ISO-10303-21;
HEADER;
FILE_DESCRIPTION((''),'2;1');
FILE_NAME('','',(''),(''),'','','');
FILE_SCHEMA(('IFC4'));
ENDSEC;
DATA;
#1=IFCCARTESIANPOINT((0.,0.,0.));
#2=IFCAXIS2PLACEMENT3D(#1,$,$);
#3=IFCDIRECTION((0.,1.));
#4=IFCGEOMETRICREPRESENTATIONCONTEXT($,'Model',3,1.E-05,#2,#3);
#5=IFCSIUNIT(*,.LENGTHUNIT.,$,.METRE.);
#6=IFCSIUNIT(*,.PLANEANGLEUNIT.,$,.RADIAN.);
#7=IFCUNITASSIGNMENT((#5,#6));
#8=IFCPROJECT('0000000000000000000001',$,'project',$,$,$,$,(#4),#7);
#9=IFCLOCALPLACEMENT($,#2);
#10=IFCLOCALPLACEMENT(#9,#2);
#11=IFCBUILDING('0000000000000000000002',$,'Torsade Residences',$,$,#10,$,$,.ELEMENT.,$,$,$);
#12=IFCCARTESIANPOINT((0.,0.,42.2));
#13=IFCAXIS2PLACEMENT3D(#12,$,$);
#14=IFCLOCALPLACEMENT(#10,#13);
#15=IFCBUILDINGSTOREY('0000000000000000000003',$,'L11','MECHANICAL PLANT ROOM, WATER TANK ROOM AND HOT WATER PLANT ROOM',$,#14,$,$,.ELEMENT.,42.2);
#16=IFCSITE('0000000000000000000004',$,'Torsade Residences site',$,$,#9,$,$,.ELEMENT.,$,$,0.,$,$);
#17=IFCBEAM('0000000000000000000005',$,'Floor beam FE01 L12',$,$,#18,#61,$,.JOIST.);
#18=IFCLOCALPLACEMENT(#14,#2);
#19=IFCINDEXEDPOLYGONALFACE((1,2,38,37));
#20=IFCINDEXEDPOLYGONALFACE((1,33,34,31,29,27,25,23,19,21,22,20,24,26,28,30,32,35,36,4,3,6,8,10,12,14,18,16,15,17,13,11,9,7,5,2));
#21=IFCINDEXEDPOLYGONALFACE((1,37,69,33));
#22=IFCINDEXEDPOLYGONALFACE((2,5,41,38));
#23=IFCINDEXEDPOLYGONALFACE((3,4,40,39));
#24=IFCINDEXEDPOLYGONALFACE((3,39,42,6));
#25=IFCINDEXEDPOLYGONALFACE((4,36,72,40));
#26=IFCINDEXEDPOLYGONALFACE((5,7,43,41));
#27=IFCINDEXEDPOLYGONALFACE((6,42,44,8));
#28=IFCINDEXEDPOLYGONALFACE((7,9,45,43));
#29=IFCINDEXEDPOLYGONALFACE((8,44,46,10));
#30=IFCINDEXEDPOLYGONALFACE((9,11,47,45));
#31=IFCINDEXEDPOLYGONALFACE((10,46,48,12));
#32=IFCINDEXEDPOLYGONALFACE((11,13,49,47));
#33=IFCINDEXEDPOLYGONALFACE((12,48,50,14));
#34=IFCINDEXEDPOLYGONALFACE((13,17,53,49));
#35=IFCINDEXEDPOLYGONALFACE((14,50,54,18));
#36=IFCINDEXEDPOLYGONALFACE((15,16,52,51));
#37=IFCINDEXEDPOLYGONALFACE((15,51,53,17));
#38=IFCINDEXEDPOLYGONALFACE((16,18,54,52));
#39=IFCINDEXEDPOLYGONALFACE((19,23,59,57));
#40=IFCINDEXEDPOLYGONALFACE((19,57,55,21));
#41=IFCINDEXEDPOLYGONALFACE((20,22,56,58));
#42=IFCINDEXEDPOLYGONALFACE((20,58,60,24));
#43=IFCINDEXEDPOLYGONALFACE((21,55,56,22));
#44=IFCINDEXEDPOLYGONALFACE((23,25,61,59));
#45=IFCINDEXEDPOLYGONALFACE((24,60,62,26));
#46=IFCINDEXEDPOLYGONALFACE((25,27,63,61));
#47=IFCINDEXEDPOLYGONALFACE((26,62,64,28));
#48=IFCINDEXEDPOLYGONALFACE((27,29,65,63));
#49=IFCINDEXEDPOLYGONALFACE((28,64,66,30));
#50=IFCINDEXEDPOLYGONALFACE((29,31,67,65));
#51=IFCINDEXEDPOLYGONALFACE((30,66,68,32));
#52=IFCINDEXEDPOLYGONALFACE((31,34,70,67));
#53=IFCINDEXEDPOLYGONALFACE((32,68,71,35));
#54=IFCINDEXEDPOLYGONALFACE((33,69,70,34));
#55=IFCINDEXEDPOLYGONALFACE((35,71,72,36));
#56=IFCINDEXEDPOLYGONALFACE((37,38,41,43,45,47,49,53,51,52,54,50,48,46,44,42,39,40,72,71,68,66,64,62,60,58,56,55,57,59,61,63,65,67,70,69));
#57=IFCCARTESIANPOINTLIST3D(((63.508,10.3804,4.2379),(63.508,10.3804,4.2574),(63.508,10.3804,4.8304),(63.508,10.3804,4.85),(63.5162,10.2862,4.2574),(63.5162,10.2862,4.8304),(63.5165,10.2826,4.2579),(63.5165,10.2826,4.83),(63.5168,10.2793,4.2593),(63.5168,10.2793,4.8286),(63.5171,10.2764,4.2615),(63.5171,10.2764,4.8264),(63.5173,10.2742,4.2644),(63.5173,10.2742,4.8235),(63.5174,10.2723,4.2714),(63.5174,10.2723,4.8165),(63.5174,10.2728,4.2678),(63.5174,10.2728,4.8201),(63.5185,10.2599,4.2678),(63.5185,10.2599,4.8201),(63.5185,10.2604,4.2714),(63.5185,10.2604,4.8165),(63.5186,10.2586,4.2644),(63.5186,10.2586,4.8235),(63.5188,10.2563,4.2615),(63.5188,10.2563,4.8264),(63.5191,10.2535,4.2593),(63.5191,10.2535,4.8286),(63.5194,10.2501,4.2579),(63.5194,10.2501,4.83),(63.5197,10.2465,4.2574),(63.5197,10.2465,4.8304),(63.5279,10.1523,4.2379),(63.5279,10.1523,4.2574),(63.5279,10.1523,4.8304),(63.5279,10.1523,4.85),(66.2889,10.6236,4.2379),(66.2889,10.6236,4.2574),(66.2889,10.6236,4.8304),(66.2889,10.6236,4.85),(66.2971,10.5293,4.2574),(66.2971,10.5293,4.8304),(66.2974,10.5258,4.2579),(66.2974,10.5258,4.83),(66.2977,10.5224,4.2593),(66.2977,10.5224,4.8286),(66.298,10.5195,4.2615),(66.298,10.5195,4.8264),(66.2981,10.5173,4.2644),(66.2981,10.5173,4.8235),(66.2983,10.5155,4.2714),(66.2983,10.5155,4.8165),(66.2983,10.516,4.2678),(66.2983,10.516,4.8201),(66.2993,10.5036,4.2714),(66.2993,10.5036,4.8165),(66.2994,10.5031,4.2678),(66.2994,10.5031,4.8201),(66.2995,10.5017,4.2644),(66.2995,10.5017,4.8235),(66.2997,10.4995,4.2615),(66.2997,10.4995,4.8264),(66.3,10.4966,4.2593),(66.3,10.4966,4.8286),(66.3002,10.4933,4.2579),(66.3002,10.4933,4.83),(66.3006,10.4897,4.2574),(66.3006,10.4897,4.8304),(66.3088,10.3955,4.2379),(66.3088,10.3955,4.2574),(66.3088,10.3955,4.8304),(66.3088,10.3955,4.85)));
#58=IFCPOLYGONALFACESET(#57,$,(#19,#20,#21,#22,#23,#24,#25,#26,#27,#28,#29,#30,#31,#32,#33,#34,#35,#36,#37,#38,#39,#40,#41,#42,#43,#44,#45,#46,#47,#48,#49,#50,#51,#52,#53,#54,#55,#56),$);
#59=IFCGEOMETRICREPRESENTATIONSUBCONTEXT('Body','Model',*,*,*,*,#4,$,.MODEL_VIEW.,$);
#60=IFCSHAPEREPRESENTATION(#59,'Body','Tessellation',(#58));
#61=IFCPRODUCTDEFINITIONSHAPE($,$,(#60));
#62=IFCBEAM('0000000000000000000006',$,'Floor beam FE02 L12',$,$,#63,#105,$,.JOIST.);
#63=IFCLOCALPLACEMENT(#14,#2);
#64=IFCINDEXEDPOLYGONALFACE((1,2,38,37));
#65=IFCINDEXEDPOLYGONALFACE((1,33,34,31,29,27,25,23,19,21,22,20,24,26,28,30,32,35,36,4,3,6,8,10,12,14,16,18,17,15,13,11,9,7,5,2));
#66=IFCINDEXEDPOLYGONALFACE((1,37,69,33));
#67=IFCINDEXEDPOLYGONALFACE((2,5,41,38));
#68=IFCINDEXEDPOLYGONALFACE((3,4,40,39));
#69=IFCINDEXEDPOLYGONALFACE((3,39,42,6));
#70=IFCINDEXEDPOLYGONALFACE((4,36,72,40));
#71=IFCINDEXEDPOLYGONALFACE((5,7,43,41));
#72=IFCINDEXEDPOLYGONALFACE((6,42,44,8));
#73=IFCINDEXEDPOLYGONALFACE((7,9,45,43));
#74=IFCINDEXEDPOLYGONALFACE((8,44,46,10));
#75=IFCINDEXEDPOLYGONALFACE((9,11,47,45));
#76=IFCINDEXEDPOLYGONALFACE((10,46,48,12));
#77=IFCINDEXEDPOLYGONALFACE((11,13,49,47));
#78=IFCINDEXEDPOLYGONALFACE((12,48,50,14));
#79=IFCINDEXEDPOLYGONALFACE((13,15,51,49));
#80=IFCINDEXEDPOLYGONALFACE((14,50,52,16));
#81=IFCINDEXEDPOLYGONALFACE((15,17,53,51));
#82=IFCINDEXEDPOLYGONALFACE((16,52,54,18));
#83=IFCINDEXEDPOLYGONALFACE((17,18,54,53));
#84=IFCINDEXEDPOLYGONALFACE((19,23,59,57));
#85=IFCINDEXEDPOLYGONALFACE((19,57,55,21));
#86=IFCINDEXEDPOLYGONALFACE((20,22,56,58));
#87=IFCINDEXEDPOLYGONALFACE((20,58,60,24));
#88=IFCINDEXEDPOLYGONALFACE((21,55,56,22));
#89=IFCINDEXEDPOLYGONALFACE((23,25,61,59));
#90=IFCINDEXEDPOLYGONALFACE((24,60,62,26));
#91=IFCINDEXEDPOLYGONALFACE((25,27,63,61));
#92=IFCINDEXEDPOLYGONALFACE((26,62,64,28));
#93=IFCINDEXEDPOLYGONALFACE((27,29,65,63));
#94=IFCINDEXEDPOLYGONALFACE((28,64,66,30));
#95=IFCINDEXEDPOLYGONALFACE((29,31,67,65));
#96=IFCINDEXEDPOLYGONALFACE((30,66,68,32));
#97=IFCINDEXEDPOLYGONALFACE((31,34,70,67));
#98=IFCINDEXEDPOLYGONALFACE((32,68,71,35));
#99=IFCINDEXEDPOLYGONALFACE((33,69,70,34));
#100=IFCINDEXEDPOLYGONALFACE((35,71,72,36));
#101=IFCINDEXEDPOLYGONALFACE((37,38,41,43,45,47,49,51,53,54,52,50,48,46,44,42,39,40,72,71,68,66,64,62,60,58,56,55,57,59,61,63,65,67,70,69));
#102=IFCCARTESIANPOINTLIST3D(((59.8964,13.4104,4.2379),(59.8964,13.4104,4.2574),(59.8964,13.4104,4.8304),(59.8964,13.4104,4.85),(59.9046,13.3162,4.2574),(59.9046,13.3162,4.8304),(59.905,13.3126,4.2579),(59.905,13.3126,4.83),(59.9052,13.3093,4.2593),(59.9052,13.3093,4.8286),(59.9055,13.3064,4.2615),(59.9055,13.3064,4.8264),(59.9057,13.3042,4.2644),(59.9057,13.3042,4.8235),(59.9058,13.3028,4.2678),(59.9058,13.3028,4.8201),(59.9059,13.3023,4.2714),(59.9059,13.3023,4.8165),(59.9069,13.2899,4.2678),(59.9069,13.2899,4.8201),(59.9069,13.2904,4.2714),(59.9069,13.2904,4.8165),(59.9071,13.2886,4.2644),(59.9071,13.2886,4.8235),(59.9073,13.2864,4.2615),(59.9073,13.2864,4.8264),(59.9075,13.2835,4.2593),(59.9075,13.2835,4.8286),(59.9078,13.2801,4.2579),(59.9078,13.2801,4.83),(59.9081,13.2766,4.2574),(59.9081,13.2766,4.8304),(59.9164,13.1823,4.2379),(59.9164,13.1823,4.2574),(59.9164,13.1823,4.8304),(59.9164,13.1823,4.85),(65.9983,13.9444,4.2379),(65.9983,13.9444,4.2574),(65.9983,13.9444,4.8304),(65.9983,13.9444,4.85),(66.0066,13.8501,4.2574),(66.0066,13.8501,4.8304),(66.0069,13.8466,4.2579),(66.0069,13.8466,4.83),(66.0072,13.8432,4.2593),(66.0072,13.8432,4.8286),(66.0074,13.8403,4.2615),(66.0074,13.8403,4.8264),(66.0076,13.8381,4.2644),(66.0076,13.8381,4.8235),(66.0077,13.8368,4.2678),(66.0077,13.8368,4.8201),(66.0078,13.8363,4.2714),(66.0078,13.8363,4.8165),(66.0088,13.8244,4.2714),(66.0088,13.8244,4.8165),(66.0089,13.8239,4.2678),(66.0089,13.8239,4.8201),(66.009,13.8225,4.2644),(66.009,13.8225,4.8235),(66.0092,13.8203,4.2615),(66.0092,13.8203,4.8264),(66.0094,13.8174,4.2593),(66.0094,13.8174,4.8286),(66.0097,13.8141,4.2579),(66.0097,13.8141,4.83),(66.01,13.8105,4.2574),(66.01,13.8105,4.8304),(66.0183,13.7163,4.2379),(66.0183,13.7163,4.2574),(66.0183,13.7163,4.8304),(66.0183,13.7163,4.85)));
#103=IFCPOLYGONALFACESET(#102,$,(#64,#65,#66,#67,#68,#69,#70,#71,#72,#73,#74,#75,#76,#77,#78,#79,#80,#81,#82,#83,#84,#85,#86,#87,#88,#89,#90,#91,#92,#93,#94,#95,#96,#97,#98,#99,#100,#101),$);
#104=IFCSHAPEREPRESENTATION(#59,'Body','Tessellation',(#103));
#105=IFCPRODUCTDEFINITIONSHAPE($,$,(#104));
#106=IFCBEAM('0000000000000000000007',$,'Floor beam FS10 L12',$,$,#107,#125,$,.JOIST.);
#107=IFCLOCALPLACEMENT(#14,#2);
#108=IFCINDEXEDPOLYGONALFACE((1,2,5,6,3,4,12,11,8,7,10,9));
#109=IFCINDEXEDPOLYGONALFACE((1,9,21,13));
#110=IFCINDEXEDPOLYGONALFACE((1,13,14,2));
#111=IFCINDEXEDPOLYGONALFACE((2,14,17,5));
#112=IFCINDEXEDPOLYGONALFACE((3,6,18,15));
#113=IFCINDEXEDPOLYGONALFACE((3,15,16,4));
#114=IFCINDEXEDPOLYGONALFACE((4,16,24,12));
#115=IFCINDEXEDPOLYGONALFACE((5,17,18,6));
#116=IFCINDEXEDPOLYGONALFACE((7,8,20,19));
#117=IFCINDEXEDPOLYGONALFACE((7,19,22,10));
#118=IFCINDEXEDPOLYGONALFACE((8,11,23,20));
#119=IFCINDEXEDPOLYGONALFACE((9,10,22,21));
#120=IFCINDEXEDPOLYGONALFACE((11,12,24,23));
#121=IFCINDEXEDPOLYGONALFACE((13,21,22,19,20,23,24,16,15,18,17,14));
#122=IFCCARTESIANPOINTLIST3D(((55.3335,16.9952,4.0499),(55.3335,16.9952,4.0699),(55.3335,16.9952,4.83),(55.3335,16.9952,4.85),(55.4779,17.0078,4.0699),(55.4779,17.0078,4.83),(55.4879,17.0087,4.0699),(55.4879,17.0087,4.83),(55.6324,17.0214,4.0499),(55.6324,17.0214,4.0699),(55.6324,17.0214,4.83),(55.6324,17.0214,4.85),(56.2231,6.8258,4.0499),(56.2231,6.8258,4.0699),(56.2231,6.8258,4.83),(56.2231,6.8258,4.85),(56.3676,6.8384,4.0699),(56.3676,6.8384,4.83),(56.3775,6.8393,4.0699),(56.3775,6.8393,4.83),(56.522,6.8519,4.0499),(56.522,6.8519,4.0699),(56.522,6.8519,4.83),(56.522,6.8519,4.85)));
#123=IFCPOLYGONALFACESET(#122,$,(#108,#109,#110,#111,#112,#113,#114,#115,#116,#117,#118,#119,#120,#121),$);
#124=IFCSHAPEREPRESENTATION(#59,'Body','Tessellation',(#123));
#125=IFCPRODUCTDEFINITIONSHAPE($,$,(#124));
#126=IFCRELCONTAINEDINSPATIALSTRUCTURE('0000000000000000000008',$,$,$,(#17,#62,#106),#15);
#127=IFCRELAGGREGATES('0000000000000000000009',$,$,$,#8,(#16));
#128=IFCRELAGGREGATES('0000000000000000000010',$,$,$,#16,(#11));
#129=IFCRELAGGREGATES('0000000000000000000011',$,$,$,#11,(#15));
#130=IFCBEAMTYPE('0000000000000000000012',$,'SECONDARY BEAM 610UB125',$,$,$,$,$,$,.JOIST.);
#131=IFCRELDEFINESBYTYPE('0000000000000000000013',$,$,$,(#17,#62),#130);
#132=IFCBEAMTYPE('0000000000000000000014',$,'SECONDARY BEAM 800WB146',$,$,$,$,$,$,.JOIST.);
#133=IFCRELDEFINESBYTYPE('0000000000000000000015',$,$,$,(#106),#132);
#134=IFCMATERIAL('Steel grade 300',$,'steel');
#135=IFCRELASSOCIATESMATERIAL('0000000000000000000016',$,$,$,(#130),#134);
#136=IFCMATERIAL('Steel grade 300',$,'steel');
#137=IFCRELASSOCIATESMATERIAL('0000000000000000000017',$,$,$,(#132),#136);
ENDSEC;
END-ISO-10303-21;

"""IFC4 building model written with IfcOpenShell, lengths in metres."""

from ifc_helpers import new_model, si_unit, direction, frame, origin, origin_2d, place, context, subcontext, project, spatial, i_section, extrude, material, material_profile, profile_set, type_object, element, save


model = new_model("IFC4")

# Units and contexts
model_context = context("Model", 3, precision=1e-05, world=origin(), true_north=direction((0.0, 1.0)))
body_context = subcontext(model_context, "Body", "Model", "MODEL_VIEW")
ifc_project = project(units=[si_unit("LENGTHUNIT", "METRE"), si_unit("PLANEANGLEUNIT", "RADIAN")], contexts=[model_context])

# Site, building, storey
site_placement = place(None, origin())
site = spatial("IfcSite", under=ifc_project, at=site_placement, Name="Torsade Residences site", CompositionType="ELEMENT", RefElevation=0.0)
building_placement = place(site_placement, origin())
building = spatial("IfcBuilding", under=site, at=building_placement, Name="Torsade Residences", CompositionType="ELEMENT")
storey_placement = place(building_placement, frame((0.0, 0.0, 42.2)))
storey = spatial("IfcBuildingStorey", under=building, at=storey_placement, Name="L11", Description="MECHANICAL PLANT ROOM, WATER TANK ROOM AND HOT WATER PLANT ROOM", CompositionType="ELEMENT", Elevation=42.2)

# Beams
ifc_material_1 = material(Name="Steel grade 300", Category="steel")
ifc_material_profile_1 = material_profile(ifc_material_1, i_section(OverallWidth=0.229, OverallDepth=0.6121, WebThickness=0.012, FlangeThickness=0.0195, FilletRadius=0.0139, at=origin_2d()), Name="610UB125")
ifc_profile_set_1 = profile_set([ifc_material_profile_1], Name="Steel grade 300")
beam_type_1 = type_object("IfcBeamType", Name="SECONDARY BEAM 610UB125", PredefinedType="JOIST", material=ifc_profile_set_1)
for number, where, z_axis, x_axis, name in (
    (1, (66.2988, 10.5095, 4.5439), (-0.996199, -0.087105, 0.0), (0.087105, -0.996199, 0.0), "Floor beam FE01 L12"),
):
    element("IfcBeam", number, at=place(storey_placement, frame(where, z_axis=z_axis, x_axis=x_axis)), inside=storey, type_object=beam_type_1, Name=name, PredefinedType="JOIST", context=body_context, shape_type="SweptSolid", body=[
        extrude(i_section(OverallWidth=0.229, OverallDepth=0.6121, WebThickness=0.012, FlangeThickness=0.0195, FilletRadius=0.0139, at=origin_2d()), origin(), (0.0, 0.0, 1.0), 2.7915),
    ])
beam_1_placement = place(storey_placement, frame((66.0083, 13.8303, 4.5439), z_axis=(-0.996193, -0.087171, 0.0), x_axis=(0.087171, -0.996193, 0.0)))
element("IfcBeam", 2, at=beam_1_placement, inside=storey, type_object=beam_type_1, Name="Floor beam FE02 L12", PredefinedType="JOIST", context=body_context, shape_type="SweptSolid", body=[
    extrude(i_section(OverallWidth=0.229, OverallDepth=0.6121, WebThickness=0.012, FlangeThickness=0.0195, FilletRadius=0.0139, at=origin_2d()), origin(), (0.0, 0.0, 1.0), 6.1252),
])
ifc_material_2 = material(Name="Steel grade 300", Category="steel")
ifc_material_profile_2 = material_profile(ifc_material_2, i_section(OverallWidth=0.3, OverallDepth=0.8, WebThickness=0.01, FlangeThickness=0.02, at=origin_2d()), Name="800WB146")
ifc_profile_set_2 = profile_set([ifc_material_profile_2], Name="Steel grade 300")
beam_type_2 = type_object("IfcBeamType", Name="SECONDARY BEAM 800WB146", PredefinedType="JOIST", material=ifc_profile_set_2)
beam_2_placement = place(storey_placement, frame((56.3726, 6.8389, 4.45), z_axis=(-0.08715, 0.996195, 0.0), x_axis=(-0.996195, -0.08715, 0.0)))
element("IfcBeam", 3, at=beam_2_placement, inside=storey, type_object=beam_type_2, Name="Floor beam FS10 L12", PredefinedType="JOIST", context=body_context, shape_type="SweptSolid", body=[
    extrude(i_section(OverallWidth=0.3, OverallDepth=0.8, WebThickness=0.01, FlangeThickness=0.02, at=origin_2d()), origin(), (0.0, 0.0, 1.0), 10.2083),
])

save(model, "model.ifc")
